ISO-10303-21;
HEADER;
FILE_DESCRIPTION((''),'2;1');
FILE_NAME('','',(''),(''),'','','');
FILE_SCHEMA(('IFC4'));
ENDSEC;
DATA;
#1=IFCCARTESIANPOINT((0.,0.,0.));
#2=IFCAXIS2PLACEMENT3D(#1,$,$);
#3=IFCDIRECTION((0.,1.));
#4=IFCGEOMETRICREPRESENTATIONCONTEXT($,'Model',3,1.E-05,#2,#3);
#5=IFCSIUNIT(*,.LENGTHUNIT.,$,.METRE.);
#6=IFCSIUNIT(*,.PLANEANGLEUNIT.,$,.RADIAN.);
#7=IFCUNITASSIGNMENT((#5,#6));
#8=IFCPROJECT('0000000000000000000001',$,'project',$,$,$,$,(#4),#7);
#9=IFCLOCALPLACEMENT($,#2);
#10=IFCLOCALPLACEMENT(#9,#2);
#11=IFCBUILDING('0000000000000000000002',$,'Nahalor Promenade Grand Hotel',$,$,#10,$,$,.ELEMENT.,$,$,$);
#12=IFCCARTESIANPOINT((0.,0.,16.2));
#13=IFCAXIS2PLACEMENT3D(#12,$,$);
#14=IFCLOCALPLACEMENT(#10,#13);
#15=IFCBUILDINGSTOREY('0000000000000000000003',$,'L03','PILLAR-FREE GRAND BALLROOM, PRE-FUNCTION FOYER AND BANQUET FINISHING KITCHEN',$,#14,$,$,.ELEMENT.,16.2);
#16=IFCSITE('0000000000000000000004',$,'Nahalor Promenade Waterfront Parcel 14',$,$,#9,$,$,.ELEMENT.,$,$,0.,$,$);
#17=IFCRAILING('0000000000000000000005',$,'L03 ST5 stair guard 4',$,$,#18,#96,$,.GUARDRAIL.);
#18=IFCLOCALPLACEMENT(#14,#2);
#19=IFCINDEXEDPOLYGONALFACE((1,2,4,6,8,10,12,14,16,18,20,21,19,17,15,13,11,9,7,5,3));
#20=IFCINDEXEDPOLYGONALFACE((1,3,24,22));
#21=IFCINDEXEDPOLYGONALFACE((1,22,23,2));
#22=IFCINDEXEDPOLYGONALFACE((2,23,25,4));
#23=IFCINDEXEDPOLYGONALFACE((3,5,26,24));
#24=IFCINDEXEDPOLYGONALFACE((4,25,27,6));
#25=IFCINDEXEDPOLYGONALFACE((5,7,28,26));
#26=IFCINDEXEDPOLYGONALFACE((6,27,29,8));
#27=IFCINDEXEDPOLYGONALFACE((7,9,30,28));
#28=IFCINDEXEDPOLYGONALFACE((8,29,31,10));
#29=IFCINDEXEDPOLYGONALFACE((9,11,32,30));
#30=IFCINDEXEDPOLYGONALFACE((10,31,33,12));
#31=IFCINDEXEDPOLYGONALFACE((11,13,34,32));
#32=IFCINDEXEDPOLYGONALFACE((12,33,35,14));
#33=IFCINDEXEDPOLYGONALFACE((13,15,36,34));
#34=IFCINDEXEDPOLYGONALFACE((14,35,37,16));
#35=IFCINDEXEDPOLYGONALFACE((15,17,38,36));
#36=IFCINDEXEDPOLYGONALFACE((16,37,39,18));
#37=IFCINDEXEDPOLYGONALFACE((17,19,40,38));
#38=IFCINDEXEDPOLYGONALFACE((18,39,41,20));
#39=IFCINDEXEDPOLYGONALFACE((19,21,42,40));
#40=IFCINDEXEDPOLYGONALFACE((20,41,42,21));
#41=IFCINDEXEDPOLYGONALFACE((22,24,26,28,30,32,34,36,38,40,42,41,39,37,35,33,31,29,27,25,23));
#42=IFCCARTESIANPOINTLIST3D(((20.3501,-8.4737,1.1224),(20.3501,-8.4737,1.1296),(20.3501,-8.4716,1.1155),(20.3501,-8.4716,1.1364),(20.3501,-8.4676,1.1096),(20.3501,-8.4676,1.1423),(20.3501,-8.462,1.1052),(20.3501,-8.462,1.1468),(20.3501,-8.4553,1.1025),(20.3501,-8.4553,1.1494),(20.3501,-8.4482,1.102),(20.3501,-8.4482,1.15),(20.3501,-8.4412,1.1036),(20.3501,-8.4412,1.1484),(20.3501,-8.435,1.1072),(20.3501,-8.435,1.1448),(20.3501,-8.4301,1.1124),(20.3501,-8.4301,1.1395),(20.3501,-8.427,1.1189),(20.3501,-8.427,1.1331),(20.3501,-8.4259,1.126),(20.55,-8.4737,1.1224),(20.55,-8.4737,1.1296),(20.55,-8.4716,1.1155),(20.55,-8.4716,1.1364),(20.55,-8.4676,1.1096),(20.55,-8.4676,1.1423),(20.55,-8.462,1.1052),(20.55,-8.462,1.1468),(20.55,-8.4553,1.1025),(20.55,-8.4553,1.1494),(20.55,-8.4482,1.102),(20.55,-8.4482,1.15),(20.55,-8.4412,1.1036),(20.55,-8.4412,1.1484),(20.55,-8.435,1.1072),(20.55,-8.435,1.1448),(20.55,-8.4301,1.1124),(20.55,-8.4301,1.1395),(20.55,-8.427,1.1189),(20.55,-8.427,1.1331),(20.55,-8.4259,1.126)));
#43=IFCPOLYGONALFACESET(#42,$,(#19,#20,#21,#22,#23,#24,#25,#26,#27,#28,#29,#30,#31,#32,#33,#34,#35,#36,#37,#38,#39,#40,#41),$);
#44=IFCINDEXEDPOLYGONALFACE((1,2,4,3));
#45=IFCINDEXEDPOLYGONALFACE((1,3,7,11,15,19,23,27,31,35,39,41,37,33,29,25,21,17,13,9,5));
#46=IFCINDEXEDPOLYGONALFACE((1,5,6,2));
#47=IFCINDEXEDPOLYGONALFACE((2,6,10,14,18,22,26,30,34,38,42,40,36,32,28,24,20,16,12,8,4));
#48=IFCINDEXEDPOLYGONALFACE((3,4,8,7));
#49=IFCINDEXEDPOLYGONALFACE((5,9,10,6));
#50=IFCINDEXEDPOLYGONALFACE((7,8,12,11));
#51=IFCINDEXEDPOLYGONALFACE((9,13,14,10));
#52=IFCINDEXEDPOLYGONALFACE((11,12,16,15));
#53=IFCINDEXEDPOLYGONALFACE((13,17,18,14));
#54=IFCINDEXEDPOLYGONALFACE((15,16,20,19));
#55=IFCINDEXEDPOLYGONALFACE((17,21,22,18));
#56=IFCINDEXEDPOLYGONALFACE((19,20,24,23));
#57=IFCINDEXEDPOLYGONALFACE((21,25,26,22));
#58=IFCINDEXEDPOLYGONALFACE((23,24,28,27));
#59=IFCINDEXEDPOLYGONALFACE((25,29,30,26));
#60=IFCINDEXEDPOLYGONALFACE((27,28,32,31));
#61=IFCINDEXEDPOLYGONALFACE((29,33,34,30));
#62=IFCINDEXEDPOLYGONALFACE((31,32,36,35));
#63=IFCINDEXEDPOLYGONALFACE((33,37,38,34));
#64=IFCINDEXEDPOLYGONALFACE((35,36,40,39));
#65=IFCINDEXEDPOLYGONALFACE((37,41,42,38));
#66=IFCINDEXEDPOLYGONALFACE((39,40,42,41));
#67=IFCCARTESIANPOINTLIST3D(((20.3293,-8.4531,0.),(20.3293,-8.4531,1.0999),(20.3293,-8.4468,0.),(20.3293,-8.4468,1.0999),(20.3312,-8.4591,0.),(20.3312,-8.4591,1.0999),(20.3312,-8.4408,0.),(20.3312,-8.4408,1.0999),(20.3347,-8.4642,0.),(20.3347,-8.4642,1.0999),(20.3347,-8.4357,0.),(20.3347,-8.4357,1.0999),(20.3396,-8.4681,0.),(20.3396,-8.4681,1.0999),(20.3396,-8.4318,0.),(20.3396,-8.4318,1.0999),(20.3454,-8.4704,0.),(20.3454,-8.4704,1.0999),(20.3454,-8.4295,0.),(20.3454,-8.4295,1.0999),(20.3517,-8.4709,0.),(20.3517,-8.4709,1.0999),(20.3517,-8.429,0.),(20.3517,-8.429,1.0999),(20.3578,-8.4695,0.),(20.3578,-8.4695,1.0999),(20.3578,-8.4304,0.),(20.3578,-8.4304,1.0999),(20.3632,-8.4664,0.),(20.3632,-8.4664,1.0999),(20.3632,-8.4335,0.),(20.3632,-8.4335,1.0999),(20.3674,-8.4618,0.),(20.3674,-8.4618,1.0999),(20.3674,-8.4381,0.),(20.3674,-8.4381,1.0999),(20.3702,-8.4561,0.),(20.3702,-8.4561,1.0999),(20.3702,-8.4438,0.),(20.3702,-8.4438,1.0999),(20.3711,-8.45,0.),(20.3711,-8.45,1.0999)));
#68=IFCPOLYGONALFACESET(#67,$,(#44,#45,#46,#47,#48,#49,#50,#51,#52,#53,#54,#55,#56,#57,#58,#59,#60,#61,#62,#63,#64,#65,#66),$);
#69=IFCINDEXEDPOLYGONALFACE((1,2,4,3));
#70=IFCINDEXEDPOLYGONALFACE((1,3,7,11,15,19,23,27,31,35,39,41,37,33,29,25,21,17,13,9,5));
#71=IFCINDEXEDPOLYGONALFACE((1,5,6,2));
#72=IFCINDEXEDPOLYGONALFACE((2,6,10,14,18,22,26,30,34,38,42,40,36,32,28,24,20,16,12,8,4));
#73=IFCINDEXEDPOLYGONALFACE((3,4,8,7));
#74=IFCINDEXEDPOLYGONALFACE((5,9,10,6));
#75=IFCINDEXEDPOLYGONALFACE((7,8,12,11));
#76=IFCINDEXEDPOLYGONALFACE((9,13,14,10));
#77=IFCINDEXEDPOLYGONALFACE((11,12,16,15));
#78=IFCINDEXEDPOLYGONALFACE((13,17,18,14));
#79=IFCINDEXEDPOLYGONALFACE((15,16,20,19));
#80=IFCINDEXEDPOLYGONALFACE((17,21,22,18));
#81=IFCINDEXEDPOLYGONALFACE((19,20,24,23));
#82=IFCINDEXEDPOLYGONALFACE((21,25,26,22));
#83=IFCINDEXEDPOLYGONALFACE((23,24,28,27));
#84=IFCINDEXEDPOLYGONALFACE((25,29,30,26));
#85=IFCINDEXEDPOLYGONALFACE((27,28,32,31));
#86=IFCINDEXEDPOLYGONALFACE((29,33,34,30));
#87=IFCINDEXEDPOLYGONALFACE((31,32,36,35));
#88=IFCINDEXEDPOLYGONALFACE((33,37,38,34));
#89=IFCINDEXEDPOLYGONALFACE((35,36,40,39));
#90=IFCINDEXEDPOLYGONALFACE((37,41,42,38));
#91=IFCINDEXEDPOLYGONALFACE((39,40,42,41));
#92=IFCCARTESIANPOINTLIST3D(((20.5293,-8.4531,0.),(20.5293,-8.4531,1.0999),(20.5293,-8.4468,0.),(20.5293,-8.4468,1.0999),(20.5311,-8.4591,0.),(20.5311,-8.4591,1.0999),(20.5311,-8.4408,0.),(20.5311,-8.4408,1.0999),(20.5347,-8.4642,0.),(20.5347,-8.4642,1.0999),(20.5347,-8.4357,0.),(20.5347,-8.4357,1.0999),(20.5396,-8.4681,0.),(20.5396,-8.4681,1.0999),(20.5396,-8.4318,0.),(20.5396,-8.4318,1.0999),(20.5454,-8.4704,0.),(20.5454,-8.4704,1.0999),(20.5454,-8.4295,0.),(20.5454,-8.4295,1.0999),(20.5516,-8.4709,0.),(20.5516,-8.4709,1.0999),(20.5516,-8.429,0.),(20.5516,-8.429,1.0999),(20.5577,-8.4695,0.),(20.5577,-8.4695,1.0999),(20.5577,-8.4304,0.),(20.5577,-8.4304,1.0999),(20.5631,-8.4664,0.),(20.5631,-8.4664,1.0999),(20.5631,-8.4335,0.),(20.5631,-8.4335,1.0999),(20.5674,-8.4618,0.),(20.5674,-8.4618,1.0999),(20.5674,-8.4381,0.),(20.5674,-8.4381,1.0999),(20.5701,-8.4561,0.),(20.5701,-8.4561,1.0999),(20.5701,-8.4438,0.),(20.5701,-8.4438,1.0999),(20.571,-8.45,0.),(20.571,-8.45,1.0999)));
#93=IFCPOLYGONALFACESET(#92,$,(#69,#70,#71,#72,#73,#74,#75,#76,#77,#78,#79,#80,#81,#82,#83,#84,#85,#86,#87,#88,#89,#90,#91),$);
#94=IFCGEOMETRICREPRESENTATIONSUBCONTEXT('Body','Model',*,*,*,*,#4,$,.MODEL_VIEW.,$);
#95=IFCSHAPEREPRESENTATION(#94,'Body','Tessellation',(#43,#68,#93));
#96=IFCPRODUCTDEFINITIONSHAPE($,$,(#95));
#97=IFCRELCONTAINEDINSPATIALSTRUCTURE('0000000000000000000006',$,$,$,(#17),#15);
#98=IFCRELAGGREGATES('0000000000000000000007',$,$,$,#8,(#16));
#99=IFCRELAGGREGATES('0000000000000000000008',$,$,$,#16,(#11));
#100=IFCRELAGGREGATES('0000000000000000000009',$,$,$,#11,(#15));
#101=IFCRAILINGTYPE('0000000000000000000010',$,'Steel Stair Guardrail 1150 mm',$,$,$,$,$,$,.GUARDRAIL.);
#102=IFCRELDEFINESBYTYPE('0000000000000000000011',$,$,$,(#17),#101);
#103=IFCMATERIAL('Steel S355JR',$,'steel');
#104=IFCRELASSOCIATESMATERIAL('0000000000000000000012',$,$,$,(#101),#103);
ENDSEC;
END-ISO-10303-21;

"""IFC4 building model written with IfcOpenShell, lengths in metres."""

from ifc_helpers import new_model, si_unit, direction, frame, origin, origin_2d, place, context, subcontext, project, spatial, circle, extrude, material, type_object, element, save


model = new_model("IFC4")

# Units and contexts
model_context = context("Model", 3, precision=1e-05, world=origin(), true_north=direction((0.0, 1.0)))
body_context = subcontext(model_context, "Body", "Model", "MODEL_VIEW")
ifc_project = project(units=[si_unit("LENGTHUNIT", "METRE"), si_unit("PLANEANGLEUNIT", "RADIAN")], contexts=[model_context])

# Site, building, storey
site_placement = place(None, origin())
site = spatial("IfcSite", under=ifc_project, at=site_placement, Name="Nahalor Promenade Waterfront Parcel 14", CompositionType="ELEMENT", RefElevation=0.0)
building_placement = place(site_placement, origin())
building = spatial("IfcBuilding", under=site, at=building_placement, Name="Nahalor Promenade Grand Hotel", CompositionType="ELEMENT")
storey_placement = place(building_placement, frame((0.0, 0.0, 16.2)))
storey = spatial("IfcBuildingStorey", under=building, at=storey_placement, Name="L03", Description="PILLAR-FREE GRAND BALLROOM, PRE-FUNCTION FOYER AND BANQUET FINISHING KITCHEN", CompositionType="ELEMENT", Elevation=16.2)

# Shared definitions
ifc_material_1 = material(Name="Steel S355JR", Category="steel")

# Railing
railing_type_1 = type_object("IfcRailingType", Name="Steel Stair Guardrail 1150 mm", PredefinedType="GUARDRAIL", material=ifc_material_1)
railing_1_placement = place(storey_placement, frame((20.3501, -8.45, 0.0)))
element("IfcRailing", 1, at=railing_1_placement, inside=storey, type_object=railing_type_1, Name="L03 ST5 stair guard 4", PredefinedType="GUARDRAIL", context=body_context, shape_type="SweptSolid", body=[
    extrude(circle(Radius=0.024, at=origin_2d()), frame((0.0, 0.0, 1.126), z_axis=(1.0, 0.0, 0.0), x_axis=(0.0, 1.0, 0.0)), (0.0, 0.0, 1.0), 0.2),
    extrude(circle(Radius=0.021, at=origin_2d()), origin(), (0.0, 0.0, 1.0), 1.0999),
    extrude(circle(Radius=0.021, at=origin_2d()), frame((0.2, 0.0, 0.0)), (0.0, 0.0, 1.0), 1.0999),
])

save(model, "model.ifc")
